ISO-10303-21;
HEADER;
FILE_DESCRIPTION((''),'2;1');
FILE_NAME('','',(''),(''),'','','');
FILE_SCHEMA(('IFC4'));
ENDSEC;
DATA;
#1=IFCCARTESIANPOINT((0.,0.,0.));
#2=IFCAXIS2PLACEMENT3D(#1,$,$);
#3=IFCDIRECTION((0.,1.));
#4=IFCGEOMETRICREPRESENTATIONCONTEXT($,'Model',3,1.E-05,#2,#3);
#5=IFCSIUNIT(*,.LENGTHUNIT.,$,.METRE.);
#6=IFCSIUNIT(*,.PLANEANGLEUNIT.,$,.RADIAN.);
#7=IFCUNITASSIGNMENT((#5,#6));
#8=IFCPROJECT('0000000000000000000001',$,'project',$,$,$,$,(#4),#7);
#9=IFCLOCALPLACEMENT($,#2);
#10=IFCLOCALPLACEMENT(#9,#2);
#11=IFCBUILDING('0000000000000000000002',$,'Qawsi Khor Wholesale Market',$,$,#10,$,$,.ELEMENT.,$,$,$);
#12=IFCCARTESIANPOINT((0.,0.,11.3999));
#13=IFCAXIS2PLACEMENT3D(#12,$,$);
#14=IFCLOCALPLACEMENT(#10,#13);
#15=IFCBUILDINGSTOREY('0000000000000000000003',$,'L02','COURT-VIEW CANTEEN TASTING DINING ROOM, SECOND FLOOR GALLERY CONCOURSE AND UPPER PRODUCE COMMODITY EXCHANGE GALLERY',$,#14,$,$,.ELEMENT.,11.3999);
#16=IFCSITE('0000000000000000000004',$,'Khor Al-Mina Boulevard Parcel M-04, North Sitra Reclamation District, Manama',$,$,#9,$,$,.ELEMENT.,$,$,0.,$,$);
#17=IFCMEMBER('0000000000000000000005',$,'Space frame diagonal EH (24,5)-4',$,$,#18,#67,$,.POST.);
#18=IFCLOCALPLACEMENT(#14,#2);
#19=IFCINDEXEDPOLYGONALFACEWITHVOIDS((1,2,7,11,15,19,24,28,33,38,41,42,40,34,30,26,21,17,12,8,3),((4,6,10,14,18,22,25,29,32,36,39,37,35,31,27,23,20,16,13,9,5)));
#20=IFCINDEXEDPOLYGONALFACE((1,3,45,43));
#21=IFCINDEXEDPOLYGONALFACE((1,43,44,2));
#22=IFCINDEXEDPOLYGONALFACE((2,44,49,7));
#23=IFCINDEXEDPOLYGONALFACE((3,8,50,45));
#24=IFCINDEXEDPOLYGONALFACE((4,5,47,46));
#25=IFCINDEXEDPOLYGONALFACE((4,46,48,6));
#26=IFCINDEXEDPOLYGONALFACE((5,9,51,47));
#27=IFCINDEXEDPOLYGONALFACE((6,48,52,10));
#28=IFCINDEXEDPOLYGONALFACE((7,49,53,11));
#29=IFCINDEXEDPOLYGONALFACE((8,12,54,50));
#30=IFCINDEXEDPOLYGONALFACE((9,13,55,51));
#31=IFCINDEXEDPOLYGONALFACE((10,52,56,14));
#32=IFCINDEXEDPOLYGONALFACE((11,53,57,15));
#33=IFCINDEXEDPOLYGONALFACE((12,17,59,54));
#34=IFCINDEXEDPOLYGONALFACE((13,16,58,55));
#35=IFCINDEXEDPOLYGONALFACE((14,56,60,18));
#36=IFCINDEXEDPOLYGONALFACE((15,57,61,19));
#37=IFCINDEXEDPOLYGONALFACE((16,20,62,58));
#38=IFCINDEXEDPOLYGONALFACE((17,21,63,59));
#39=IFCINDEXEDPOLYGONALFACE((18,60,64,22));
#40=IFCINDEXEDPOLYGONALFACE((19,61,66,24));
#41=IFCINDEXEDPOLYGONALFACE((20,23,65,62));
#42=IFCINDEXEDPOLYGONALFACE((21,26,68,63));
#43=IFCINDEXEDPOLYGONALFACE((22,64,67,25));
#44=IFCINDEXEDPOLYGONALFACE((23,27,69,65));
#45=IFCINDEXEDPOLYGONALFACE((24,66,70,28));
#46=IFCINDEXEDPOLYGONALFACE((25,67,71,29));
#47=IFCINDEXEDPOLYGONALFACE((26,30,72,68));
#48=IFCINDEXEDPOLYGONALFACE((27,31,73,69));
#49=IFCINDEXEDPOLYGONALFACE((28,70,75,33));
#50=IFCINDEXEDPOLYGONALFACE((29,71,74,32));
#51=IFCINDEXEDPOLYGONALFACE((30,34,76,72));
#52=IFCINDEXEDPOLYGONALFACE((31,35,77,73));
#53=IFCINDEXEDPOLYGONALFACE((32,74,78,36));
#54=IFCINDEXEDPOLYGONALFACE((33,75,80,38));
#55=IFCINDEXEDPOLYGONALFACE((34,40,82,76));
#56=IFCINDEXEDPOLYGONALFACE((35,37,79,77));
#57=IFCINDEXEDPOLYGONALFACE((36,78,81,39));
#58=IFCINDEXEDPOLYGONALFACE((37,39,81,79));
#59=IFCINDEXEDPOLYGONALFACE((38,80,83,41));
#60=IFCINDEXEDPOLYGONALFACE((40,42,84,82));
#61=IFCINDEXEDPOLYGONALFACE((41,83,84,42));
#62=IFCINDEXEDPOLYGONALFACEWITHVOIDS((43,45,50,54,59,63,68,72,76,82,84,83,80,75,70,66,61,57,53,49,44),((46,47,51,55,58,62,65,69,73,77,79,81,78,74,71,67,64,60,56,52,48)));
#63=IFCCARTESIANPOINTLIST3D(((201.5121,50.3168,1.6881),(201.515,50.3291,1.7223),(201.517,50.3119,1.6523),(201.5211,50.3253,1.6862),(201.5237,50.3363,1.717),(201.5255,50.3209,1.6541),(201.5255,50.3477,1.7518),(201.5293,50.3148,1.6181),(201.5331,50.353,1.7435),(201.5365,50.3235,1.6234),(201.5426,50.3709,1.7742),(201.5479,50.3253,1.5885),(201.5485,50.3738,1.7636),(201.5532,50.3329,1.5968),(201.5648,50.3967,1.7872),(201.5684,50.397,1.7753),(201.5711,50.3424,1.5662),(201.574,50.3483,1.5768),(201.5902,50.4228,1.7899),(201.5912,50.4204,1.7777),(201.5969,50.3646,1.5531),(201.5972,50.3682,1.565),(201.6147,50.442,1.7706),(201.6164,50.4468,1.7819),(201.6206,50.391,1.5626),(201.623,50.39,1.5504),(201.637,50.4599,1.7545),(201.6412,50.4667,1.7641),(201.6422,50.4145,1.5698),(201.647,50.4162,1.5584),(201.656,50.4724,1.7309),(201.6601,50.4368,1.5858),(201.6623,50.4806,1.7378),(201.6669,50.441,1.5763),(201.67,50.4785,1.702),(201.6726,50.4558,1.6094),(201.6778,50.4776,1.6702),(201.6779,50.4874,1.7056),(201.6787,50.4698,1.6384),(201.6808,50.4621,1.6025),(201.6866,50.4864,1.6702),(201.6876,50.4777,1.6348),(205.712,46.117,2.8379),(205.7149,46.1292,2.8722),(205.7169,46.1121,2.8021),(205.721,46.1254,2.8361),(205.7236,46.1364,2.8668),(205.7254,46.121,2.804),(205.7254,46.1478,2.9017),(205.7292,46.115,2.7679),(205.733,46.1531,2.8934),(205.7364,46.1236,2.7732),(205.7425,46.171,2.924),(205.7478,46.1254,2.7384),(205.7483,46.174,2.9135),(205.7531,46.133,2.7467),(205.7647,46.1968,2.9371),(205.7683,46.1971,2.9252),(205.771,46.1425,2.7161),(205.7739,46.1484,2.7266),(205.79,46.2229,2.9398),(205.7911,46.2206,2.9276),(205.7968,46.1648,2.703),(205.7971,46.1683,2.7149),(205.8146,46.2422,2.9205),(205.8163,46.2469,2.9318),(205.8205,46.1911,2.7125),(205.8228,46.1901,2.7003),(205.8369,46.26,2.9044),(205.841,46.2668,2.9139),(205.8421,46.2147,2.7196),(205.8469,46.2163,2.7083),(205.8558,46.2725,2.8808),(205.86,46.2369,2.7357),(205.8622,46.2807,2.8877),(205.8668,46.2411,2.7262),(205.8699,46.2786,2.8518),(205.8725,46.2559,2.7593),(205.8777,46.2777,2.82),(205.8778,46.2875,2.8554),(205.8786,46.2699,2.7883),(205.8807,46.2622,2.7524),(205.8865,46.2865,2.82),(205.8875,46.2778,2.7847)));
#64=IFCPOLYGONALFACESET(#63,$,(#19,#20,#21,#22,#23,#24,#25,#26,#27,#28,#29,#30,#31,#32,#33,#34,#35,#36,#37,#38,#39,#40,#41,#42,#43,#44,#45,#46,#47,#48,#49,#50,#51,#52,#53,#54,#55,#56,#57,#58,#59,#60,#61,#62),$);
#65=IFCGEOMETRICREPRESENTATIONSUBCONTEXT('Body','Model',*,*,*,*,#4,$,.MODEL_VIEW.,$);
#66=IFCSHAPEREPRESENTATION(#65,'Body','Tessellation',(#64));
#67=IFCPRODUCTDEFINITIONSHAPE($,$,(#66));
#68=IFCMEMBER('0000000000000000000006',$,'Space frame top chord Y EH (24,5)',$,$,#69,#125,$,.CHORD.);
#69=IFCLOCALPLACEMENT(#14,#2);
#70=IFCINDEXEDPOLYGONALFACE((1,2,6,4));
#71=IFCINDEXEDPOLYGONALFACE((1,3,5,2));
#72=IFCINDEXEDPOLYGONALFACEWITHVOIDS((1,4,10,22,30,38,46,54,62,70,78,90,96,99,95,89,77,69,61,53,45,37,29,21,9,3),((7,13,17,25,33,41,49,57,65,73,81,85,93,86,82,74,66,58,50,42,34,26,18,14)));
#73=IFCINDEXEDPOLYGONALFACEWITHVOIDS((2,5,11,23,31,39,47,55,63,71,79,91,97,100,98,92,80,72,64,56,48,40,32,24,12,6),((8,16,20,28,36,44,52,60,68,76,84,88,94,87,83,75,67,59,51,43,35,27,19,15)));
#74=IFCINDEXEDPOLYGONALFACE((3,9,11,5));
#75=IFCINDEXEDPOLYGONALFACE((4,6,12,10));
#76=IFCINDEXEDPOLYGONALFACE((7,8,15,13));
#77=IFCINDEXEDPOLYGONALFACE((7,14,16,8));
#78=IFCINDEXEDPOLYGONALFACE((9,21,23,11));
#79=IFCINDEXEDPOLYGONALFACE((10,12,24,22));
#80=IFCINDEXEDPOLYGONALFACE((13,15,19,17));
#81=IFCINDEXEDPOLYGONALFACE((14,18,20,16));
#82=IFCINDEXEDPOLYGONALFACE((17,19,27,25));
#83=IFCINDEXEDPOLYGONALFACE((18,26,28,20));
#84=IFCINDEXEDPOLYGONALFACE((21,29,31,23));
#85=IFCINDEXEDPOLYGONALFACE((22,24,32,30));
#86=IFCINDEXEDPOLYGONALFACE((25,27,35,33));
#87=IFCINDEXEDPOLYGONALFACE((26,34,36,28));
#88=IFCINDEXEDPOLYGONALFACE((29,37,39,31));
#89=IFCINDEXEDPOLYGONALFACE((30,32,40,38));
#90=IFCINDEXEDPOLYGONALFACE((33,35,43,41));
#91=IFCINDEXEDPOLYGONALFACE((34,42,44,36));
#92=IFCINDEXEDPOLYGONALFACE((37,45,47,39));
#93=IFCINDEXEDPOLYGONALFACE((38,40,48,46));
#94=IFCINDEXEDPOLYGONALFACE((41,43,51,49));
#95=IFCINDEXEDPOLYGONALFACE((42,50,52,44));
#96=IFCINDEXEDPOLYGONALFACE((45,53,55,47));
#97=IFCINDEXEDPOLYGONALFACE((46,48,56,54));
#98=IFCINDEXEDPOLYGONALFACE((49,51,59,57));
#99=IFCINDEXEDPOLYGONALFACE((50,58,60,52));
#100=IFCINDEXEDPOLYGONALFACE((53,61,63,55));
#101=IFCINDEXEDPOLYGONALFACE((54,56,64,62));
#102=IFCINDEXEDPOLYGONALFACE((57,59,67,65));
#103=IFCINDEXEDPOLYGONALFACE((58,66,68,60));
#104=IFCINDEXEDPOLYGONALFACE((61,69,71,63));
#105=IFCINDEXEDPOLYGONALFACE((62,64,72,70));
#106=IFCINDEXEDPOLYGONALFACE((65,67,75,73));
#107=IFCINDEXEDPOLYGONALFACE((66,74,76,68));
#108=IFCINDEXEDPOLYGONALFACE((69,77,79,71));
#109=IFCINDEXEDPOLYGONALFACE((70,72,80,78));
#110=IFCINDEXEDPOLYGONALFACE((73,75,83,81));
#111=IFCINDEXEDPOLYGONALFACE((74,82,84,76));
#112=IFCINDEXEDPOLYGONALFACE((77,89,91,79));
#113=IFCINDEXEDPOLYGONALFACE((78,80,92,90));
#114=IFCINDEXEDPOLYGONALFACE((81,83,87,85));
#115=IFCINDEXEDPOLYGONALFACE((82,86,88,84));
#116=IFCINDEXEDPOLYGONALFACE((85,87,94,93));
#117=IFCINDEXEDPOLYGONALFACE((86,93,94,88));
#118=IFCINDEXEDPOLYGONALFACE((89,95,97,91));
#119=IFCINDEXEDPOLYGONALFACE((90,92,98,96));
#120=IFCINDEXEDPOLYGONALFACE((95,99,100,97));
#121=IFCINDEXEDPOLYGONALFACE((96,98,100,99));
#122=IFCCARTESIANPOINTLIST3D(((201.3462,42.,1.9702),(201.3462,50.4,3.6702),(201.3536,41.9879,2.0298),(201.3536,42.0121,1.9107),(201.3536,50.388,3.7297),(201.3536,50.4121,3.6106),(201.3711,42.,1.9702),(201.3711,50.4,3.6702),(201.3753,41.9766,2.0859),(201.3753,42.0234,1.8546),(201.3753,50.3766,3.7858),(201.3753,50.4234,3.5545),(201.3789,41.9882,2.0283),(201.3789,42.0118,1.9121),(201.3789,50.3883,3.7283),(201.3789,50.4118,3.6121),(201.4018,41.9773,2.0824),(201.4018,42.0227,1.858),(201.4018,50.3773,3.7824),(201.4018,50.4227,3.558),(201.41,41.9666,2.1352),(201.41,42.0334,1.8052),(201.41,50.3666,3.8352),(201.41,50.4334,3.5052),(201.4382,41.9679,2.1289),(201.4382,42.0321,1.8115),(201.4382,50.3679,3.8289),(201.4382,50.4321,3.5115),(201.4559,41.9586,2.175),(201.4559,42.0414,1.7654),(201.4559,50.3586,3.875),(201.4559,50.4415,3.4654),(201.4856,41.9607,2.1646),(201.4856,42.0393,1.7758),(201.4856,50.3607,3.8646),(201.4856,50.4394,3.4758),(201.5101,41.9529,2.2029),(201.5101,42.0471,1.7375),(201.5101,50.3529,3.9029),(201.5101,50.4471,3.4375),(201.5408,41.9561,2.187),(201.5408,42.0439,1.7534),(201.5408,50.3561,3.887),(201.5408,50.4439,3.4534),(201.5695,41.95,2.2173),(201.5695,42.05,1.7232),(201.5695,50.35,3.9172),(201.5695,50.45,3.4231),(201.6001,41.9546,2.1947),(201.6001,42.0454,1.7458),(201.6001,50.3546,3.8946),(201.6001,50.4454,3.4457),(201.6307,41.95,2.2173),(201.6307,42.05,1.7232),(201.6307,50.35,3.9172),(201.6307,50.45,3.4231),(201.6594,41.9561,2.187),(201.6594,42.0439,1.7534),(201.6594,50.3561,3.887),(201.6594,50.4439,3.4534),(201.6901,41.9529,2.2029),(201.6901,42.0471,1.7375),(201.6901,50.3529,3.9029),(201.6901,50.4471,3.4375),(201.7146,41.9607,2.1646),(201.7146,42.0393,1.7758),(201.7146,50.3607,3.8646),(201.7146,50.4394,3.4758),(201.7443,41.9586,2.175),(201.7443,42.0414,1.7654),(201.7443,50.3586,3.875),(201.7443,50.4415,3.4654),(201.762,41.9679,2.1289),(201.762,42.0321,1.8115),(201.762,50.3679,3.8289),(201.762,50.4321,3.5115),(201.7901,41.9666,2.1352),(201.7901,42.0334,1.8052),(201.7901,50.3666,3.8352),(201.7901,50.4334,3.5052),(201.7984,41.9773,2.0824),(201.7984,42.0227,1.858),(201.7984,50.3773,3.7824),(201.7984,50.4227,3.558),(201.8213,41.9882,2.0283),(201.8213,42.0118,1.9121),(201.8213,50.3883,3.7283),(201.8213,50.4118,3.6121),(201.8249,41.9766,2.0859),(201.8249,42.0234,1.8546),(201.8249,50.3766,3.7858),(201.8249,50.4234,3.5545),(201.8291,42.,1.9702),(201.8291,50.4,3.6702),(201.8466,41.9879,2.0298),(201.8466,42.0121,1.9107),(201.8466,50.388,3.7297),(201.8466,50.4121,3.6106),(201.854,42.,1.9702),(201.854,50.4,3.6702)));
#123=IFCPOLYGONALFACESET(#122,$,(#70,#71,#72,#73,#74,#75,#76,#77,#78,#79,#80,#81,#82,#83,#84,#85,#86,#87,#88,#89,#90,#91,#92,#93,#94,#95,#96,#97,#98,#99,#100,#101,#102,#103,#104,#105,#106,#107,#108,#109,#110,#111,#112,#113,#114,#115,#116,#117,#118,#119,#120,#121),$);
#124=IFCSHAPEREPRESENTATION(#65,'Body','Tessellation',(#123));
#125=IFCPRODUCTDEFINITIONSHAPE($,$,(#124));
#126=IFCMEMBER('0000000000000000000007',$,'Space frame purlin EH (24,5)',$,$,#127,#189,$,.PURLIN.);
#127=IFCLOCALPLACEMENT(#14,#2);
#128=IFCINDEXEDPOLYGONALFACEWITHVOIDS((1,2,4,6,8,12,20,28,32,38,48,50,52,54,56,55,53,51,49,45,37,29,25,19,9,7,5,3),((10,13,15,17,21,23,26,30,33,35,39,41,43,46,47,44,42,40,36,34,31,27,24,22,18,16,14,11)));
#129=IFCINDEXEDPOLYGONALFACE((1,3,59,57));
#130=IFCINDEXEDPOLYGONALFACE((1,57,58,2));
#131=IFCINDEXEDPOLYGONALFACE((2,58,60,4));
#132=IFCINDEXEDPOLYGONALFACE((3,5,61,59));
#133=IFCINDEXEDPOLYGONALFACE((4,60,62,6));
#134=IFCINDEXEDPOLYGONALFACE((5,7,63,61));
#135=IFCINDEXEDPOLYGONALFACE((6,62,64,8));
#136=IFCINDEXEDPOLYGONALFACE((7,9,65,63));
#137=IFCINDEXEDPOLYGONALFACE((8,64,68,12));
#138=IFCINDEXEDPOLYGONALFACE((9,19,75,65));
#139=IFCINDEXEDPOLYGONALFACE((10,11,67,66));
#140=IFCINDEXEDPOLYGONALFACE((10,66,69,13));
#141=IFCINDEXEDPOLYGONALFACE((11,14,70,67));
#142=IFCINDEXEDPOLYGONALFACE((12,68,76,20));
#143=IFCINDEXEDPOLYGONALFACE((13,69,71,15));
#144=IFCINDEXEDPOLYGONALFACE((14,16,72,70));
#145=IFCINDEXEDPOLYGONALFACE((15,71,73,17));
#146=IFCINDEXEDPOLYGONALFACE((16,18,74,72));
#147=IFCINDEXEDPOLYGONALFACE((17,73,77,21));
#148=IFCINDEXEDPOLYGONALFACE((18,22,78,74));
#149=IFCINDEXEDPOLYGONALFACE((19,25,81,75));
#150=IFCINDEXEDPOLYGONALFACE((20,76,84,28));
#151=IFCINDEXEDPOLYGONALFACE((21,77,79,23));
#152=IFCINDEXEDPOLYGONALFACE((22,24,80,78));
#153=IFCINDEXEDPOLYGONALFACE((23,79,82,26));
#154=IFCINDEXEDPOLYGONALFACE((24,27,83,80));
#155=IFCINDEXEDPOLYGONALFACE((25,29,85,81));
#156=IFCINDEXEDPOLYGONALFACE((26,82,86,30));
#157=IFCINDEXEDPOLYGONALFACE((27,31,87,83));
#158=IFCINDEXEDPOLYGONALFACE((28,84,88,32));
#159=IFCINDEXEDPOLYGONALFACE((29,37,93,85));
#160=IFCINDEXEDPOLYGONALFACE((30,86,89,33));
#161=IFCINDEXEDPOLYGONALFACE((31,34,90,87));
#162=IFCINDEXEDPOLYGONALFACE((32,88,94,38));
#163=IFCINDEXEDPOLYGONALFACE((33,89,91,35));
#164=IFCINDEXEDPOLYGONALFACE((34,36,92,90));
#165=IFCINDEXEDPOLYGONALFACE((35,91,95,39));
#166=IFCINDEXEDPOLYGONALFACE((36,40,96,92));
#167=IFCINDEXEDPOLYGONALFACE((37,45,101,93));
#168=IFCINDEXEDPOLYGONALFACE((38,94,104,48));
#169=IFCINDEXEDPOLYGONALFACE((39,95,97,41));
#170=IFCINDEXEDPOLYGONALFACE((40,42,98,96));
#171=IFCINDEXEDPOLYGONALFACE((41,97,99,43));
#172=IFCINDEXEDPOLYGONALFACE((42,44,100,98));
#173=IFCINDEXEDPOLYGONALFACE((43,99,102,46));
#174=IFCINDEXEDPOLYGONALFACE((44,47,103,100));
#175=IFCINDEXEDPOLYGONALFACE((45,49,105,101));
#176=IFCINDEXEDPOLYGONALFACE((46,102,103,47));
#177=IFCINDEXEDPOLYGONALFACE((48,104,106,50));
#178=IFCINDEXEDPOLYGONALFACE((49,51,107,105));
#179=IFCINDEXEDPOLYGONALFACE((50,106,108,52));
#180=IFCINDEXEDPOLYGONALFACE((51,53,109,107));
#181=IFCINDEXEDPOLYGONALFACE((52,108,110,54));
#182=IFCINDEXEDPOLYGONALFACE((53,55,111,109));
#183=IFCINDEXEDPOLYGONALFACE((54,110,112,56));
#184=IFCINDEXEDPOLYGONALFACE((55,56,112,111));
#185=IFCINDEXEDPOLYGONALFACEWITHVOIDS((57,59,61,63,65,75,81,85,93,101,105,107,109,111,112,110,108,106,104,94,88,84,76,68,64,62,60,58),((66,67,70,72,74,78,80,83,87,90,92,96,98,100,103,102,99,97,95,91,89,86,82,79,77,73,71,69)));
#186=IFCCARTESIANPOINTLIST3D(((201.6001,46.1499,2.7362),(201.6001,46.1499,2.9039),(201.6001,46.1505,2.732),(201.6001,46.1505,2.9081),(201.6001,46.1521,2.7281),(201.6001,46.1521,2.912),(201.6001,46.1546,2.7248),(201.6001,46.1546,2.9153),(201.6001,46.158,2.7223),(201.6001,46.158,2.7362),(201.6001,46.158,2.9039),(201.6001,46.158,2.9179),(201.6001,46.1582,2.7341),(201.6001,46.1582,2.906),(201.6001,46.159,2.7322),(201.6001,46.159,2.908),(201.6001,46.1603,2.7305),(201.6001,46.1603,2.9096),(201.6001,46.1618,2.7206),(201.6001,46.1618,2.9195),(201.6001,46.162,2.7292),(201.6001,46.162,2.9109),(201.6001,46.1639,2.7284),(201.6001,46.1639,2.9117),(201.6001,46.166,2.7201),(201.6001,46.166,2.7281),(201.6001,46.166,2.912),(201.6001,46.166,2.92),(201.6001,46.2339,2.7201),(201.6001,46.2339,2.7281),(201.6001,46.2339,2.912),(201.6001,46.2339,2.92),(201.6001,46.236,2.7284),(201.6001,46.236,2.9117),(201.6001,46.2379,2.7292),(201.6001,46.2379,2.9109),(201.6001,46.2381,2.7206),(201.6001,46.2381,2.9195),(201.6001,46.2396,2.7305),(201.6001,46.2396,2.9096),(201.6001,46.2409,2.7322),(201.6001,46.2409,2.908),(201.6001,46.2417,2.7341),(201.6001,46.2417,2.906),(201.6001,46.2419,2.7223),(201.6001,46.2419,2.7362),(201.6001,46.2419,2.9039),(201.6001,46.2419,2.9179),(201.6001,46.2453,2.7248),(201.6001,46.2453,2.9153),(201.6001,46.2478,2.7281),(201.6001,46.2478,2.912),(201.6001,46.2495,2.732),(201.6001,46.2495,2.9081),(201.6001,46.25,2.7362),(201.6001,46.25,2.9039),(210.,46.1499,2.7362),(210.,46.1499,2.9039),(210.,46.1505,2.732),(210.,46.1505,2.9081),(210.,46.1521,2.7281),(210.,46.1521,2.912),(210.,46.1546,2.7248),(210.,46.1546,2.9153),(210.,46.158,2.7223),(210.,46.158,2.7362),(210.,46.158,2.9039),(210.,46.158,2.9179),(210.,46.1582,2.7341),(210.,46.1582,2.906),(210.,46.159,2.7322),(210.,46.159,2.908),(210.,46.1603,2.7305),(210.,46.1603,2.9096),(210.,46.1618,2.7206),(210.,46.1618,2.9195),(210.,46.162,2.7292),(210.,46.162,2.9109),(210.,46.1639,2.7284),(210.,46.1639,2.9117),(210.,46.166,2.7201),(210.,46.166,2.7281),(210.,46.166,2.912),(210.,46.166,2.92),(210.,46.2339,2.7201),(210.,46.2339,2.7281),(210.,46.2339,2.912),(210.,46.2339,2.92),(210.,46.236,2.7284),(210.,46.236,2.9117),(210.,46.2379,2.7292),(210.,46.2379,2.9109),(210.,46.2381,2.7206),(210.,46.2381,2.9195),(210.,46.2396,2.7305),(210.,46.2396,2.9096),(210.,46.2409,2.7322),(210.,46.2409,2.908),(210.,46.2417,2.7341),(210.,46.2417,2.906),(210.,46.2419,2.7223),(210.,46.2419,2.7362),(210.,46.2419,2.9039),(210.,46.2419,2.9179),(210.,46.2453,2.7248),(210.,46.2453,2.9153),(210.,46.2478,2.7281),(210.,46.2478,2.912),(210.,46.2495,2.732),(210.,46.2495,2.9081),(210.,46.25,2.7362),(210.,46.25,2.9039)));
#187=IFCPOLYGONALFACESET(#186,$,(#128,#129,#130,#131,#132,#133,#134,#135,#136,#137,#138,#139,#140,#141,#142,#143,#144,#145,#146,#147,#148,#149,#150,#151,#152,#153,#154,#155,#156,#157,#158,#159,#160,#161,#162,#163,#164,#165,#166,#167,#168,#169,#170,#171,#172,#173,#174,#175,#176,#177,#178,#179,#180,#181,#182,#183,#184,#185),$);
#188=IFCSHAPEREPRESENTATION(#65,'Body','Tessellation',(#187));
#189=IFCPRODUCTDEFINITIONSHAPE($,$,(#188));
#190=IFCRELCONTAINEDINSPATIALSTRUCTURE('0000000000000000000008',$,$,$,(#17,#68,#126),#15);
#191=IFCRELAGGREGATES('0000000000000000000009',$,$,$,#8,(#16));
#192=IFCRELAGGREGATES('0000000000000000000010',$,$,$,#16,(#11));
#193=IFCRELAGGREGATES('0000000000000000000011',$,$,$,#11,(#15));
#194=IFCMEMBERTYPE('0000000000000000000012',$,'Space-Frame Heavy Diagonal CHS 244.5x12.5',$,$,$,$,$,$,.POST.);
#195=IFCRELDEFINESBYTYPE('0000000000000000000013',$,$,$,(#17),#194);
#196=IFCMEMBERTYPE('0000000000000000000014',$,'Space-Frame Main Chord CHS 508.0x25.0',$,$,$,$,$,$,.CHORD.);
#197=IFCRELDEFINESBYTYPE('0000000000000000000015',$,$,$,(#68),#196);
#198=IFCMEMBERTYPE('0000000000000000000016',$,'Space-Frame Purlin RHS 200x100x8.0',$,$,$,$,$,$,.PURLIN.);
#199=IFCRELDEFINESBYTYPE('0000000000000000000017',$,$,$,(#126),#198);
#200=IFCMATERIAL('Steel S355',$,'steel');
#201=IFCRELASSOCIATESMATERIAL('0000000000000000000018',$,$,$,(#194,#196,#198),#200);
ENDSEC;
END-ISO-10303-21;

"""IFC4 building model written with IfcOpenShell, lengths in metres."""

from ifc_helpers import new_model, si_unit, direction, frame, origin, origin_2d, place, context, subcontext, project, spatial, hollow_rectangle, hollow_circle, extrude, material, material_profile, profile_set, type_object, element, save


model = new_model("IFC4")

# Units and contexts
model_context = context("Model", 3, precision=1e-05, world=origin(), true_north=direction((0.0, 1.0)))
body_context = subcontext(model_context, "Body", "Model", "MODEL_VIEW")
ifc_project = project(units=[si_unit("LENGTHUNIT", "METRE"), si_unit("PLANEANGLEUNIT", "RADIAN")], contexts=[model_context])

# Site, building, storey
site_placement = place(None, origin())
site = spatial("IfcSite", under=ifc_project, at=site_placement, Name="Khor Al-Mina Boulevard Parcel M-04, North Sitra Reclamation District, Manama", CompositionType="ELEMENT", RefElevation=0.0)
building_placement = place(site_placement, origin())
building = spatial("IfcBuilding", under=site, at=building_placement, Name="Qawsi Khor Wholesale Market", CompositionType="ELEMENT")
storey_placement = place(building_placement, frame((0.0, 0.0, 11.3999)))
storey = spatial("IfcBuildingStorey", under=building, at=storey_placement, Name="L02", Description="COURT-VIEW CANTEEN TASTING DINING ROOM, SECOND FLOOR GALLERY CONCOURSE AND UPPER PRODUCE COMMODITY EXCHANGE GALLERY", CompositionType="ELEMENT", Elevation=11.3999)

# Members
ifc_material_1 = material(Name="Steel S355", Category="steel")
ifc_material_profile_1 = material_profile(ifc_material_1, hollow_circle(Radius=0.1223, WallThickness=0.0125, at=origin_2d()), Name="CHS 244.5x12.5")
ifc_profile_set_1 = profile_set([ifc_material_profile_1], Name="Steel S355")
member_type_1 = type_object("IfcMemberType", Name="Space-Frame Heavy Diagonal CHS 244.5x12.5", PredefinedType="POST", material=ifc_profile_set_1)
member_1_placement = place(storey_placement, frame((201.6001, 50.3999, 1.6702), z_axis=(0.694217, -0.694217, 0.190069), x_axis=(0.707107, 0.707107, 0.0)))
element("IfcMember", 1, at=member_1_placement, inside=storey, type_object=member_type_1, Name="Space frame diagonal EH (24,5)-4", PredefinedType="POST", context=body_context, shape_type="SweptSolid", body=[
    extrude(hollow_circle(Radius=0.1223, WallThickness=0.0125, at=origin_2d()), origin(), (0.0, 0.0, 1.0), 6.0498),
])
ifc_material_profile_2 = material_profile(ifc_material_1, hollow_circle(Radius=0.2539, WallThickness=0.0249, at=origin_2d()), Name="CHS 508.0x25.0")
ifc_profile_set_2 = profile_set([ifc_material_profile_2], Name="Steel S355")
member_type_2 = type_object("IfcMemberType", Name="Space-Frame Main Chord CHS 508.0x25.0", PredefinedType="CHORD", material=ifc_profile_set_2)
member_2_placement = place(storey_placement, frame((201.6001, 42.0, 1.9702), z_axis=(0.0, 0.98013, 0.198356), x_axis=(-1.0, 0.0, 0.0)))
element("IfcMember", 2, at=member_2_placement, inside=storey, type_object=member_type_2, Name="Space frame top chord Y EH (24,5)", PredefinedType="CHORD", context=body_context, shape_type="SweptSolid", body=[
    extrude(hollow_circle(Radius=0.2539, WallThickness=0.0249, at=origin_2d()), origin(), (0.0, 0.0, 1.0), 8.5703),
])
ifc_material_profile_3 = material_profile(ifc_material_1, hollow_rectangle(XDim=0.1001, YDim=0.2, WallThickness=0.0081, InnerFilletRadius=0.0081, OuterFilletRadius=0.0161, at=origin_2d()), Name="RHS 200x100x8.0")
ifc_profile_set_3 = profile_set([ifc_material_profile_3], Name="Steel S355")
member_type_3 = type_object("IfcMemberType", Name="Space-Frame Purlin RHS 200x100x8.0", PredefinedType="PURLIN", material=ifc_profile_set_3)
member_3_placement = place(storey_placement, frame((201.6001, 46.2, 2.8201), z_axis=(1.0, 0.0, 0.0), x_axis=(0.0, 1.0, 0.0)))
element("IfcMember", 3, at=member_3_placement, inside=storey, type_object=member_type_3, Name="Space frame purlin EH (24,5)", PredefinedType="PURLIN", context=body_context, shape_type="SweptSolid", body=[
    extrude(hollow_rectangle(XDim=0.1001, YDim=0.2, WallThickness=0.0081, InnerFilletRadius=0.0081, OuterFilletRadius=0.0161, at=origin_2d()), origin(), (0.0, 0.0, 1.0), 8.3999),
])

save(model, "model.ifc")
